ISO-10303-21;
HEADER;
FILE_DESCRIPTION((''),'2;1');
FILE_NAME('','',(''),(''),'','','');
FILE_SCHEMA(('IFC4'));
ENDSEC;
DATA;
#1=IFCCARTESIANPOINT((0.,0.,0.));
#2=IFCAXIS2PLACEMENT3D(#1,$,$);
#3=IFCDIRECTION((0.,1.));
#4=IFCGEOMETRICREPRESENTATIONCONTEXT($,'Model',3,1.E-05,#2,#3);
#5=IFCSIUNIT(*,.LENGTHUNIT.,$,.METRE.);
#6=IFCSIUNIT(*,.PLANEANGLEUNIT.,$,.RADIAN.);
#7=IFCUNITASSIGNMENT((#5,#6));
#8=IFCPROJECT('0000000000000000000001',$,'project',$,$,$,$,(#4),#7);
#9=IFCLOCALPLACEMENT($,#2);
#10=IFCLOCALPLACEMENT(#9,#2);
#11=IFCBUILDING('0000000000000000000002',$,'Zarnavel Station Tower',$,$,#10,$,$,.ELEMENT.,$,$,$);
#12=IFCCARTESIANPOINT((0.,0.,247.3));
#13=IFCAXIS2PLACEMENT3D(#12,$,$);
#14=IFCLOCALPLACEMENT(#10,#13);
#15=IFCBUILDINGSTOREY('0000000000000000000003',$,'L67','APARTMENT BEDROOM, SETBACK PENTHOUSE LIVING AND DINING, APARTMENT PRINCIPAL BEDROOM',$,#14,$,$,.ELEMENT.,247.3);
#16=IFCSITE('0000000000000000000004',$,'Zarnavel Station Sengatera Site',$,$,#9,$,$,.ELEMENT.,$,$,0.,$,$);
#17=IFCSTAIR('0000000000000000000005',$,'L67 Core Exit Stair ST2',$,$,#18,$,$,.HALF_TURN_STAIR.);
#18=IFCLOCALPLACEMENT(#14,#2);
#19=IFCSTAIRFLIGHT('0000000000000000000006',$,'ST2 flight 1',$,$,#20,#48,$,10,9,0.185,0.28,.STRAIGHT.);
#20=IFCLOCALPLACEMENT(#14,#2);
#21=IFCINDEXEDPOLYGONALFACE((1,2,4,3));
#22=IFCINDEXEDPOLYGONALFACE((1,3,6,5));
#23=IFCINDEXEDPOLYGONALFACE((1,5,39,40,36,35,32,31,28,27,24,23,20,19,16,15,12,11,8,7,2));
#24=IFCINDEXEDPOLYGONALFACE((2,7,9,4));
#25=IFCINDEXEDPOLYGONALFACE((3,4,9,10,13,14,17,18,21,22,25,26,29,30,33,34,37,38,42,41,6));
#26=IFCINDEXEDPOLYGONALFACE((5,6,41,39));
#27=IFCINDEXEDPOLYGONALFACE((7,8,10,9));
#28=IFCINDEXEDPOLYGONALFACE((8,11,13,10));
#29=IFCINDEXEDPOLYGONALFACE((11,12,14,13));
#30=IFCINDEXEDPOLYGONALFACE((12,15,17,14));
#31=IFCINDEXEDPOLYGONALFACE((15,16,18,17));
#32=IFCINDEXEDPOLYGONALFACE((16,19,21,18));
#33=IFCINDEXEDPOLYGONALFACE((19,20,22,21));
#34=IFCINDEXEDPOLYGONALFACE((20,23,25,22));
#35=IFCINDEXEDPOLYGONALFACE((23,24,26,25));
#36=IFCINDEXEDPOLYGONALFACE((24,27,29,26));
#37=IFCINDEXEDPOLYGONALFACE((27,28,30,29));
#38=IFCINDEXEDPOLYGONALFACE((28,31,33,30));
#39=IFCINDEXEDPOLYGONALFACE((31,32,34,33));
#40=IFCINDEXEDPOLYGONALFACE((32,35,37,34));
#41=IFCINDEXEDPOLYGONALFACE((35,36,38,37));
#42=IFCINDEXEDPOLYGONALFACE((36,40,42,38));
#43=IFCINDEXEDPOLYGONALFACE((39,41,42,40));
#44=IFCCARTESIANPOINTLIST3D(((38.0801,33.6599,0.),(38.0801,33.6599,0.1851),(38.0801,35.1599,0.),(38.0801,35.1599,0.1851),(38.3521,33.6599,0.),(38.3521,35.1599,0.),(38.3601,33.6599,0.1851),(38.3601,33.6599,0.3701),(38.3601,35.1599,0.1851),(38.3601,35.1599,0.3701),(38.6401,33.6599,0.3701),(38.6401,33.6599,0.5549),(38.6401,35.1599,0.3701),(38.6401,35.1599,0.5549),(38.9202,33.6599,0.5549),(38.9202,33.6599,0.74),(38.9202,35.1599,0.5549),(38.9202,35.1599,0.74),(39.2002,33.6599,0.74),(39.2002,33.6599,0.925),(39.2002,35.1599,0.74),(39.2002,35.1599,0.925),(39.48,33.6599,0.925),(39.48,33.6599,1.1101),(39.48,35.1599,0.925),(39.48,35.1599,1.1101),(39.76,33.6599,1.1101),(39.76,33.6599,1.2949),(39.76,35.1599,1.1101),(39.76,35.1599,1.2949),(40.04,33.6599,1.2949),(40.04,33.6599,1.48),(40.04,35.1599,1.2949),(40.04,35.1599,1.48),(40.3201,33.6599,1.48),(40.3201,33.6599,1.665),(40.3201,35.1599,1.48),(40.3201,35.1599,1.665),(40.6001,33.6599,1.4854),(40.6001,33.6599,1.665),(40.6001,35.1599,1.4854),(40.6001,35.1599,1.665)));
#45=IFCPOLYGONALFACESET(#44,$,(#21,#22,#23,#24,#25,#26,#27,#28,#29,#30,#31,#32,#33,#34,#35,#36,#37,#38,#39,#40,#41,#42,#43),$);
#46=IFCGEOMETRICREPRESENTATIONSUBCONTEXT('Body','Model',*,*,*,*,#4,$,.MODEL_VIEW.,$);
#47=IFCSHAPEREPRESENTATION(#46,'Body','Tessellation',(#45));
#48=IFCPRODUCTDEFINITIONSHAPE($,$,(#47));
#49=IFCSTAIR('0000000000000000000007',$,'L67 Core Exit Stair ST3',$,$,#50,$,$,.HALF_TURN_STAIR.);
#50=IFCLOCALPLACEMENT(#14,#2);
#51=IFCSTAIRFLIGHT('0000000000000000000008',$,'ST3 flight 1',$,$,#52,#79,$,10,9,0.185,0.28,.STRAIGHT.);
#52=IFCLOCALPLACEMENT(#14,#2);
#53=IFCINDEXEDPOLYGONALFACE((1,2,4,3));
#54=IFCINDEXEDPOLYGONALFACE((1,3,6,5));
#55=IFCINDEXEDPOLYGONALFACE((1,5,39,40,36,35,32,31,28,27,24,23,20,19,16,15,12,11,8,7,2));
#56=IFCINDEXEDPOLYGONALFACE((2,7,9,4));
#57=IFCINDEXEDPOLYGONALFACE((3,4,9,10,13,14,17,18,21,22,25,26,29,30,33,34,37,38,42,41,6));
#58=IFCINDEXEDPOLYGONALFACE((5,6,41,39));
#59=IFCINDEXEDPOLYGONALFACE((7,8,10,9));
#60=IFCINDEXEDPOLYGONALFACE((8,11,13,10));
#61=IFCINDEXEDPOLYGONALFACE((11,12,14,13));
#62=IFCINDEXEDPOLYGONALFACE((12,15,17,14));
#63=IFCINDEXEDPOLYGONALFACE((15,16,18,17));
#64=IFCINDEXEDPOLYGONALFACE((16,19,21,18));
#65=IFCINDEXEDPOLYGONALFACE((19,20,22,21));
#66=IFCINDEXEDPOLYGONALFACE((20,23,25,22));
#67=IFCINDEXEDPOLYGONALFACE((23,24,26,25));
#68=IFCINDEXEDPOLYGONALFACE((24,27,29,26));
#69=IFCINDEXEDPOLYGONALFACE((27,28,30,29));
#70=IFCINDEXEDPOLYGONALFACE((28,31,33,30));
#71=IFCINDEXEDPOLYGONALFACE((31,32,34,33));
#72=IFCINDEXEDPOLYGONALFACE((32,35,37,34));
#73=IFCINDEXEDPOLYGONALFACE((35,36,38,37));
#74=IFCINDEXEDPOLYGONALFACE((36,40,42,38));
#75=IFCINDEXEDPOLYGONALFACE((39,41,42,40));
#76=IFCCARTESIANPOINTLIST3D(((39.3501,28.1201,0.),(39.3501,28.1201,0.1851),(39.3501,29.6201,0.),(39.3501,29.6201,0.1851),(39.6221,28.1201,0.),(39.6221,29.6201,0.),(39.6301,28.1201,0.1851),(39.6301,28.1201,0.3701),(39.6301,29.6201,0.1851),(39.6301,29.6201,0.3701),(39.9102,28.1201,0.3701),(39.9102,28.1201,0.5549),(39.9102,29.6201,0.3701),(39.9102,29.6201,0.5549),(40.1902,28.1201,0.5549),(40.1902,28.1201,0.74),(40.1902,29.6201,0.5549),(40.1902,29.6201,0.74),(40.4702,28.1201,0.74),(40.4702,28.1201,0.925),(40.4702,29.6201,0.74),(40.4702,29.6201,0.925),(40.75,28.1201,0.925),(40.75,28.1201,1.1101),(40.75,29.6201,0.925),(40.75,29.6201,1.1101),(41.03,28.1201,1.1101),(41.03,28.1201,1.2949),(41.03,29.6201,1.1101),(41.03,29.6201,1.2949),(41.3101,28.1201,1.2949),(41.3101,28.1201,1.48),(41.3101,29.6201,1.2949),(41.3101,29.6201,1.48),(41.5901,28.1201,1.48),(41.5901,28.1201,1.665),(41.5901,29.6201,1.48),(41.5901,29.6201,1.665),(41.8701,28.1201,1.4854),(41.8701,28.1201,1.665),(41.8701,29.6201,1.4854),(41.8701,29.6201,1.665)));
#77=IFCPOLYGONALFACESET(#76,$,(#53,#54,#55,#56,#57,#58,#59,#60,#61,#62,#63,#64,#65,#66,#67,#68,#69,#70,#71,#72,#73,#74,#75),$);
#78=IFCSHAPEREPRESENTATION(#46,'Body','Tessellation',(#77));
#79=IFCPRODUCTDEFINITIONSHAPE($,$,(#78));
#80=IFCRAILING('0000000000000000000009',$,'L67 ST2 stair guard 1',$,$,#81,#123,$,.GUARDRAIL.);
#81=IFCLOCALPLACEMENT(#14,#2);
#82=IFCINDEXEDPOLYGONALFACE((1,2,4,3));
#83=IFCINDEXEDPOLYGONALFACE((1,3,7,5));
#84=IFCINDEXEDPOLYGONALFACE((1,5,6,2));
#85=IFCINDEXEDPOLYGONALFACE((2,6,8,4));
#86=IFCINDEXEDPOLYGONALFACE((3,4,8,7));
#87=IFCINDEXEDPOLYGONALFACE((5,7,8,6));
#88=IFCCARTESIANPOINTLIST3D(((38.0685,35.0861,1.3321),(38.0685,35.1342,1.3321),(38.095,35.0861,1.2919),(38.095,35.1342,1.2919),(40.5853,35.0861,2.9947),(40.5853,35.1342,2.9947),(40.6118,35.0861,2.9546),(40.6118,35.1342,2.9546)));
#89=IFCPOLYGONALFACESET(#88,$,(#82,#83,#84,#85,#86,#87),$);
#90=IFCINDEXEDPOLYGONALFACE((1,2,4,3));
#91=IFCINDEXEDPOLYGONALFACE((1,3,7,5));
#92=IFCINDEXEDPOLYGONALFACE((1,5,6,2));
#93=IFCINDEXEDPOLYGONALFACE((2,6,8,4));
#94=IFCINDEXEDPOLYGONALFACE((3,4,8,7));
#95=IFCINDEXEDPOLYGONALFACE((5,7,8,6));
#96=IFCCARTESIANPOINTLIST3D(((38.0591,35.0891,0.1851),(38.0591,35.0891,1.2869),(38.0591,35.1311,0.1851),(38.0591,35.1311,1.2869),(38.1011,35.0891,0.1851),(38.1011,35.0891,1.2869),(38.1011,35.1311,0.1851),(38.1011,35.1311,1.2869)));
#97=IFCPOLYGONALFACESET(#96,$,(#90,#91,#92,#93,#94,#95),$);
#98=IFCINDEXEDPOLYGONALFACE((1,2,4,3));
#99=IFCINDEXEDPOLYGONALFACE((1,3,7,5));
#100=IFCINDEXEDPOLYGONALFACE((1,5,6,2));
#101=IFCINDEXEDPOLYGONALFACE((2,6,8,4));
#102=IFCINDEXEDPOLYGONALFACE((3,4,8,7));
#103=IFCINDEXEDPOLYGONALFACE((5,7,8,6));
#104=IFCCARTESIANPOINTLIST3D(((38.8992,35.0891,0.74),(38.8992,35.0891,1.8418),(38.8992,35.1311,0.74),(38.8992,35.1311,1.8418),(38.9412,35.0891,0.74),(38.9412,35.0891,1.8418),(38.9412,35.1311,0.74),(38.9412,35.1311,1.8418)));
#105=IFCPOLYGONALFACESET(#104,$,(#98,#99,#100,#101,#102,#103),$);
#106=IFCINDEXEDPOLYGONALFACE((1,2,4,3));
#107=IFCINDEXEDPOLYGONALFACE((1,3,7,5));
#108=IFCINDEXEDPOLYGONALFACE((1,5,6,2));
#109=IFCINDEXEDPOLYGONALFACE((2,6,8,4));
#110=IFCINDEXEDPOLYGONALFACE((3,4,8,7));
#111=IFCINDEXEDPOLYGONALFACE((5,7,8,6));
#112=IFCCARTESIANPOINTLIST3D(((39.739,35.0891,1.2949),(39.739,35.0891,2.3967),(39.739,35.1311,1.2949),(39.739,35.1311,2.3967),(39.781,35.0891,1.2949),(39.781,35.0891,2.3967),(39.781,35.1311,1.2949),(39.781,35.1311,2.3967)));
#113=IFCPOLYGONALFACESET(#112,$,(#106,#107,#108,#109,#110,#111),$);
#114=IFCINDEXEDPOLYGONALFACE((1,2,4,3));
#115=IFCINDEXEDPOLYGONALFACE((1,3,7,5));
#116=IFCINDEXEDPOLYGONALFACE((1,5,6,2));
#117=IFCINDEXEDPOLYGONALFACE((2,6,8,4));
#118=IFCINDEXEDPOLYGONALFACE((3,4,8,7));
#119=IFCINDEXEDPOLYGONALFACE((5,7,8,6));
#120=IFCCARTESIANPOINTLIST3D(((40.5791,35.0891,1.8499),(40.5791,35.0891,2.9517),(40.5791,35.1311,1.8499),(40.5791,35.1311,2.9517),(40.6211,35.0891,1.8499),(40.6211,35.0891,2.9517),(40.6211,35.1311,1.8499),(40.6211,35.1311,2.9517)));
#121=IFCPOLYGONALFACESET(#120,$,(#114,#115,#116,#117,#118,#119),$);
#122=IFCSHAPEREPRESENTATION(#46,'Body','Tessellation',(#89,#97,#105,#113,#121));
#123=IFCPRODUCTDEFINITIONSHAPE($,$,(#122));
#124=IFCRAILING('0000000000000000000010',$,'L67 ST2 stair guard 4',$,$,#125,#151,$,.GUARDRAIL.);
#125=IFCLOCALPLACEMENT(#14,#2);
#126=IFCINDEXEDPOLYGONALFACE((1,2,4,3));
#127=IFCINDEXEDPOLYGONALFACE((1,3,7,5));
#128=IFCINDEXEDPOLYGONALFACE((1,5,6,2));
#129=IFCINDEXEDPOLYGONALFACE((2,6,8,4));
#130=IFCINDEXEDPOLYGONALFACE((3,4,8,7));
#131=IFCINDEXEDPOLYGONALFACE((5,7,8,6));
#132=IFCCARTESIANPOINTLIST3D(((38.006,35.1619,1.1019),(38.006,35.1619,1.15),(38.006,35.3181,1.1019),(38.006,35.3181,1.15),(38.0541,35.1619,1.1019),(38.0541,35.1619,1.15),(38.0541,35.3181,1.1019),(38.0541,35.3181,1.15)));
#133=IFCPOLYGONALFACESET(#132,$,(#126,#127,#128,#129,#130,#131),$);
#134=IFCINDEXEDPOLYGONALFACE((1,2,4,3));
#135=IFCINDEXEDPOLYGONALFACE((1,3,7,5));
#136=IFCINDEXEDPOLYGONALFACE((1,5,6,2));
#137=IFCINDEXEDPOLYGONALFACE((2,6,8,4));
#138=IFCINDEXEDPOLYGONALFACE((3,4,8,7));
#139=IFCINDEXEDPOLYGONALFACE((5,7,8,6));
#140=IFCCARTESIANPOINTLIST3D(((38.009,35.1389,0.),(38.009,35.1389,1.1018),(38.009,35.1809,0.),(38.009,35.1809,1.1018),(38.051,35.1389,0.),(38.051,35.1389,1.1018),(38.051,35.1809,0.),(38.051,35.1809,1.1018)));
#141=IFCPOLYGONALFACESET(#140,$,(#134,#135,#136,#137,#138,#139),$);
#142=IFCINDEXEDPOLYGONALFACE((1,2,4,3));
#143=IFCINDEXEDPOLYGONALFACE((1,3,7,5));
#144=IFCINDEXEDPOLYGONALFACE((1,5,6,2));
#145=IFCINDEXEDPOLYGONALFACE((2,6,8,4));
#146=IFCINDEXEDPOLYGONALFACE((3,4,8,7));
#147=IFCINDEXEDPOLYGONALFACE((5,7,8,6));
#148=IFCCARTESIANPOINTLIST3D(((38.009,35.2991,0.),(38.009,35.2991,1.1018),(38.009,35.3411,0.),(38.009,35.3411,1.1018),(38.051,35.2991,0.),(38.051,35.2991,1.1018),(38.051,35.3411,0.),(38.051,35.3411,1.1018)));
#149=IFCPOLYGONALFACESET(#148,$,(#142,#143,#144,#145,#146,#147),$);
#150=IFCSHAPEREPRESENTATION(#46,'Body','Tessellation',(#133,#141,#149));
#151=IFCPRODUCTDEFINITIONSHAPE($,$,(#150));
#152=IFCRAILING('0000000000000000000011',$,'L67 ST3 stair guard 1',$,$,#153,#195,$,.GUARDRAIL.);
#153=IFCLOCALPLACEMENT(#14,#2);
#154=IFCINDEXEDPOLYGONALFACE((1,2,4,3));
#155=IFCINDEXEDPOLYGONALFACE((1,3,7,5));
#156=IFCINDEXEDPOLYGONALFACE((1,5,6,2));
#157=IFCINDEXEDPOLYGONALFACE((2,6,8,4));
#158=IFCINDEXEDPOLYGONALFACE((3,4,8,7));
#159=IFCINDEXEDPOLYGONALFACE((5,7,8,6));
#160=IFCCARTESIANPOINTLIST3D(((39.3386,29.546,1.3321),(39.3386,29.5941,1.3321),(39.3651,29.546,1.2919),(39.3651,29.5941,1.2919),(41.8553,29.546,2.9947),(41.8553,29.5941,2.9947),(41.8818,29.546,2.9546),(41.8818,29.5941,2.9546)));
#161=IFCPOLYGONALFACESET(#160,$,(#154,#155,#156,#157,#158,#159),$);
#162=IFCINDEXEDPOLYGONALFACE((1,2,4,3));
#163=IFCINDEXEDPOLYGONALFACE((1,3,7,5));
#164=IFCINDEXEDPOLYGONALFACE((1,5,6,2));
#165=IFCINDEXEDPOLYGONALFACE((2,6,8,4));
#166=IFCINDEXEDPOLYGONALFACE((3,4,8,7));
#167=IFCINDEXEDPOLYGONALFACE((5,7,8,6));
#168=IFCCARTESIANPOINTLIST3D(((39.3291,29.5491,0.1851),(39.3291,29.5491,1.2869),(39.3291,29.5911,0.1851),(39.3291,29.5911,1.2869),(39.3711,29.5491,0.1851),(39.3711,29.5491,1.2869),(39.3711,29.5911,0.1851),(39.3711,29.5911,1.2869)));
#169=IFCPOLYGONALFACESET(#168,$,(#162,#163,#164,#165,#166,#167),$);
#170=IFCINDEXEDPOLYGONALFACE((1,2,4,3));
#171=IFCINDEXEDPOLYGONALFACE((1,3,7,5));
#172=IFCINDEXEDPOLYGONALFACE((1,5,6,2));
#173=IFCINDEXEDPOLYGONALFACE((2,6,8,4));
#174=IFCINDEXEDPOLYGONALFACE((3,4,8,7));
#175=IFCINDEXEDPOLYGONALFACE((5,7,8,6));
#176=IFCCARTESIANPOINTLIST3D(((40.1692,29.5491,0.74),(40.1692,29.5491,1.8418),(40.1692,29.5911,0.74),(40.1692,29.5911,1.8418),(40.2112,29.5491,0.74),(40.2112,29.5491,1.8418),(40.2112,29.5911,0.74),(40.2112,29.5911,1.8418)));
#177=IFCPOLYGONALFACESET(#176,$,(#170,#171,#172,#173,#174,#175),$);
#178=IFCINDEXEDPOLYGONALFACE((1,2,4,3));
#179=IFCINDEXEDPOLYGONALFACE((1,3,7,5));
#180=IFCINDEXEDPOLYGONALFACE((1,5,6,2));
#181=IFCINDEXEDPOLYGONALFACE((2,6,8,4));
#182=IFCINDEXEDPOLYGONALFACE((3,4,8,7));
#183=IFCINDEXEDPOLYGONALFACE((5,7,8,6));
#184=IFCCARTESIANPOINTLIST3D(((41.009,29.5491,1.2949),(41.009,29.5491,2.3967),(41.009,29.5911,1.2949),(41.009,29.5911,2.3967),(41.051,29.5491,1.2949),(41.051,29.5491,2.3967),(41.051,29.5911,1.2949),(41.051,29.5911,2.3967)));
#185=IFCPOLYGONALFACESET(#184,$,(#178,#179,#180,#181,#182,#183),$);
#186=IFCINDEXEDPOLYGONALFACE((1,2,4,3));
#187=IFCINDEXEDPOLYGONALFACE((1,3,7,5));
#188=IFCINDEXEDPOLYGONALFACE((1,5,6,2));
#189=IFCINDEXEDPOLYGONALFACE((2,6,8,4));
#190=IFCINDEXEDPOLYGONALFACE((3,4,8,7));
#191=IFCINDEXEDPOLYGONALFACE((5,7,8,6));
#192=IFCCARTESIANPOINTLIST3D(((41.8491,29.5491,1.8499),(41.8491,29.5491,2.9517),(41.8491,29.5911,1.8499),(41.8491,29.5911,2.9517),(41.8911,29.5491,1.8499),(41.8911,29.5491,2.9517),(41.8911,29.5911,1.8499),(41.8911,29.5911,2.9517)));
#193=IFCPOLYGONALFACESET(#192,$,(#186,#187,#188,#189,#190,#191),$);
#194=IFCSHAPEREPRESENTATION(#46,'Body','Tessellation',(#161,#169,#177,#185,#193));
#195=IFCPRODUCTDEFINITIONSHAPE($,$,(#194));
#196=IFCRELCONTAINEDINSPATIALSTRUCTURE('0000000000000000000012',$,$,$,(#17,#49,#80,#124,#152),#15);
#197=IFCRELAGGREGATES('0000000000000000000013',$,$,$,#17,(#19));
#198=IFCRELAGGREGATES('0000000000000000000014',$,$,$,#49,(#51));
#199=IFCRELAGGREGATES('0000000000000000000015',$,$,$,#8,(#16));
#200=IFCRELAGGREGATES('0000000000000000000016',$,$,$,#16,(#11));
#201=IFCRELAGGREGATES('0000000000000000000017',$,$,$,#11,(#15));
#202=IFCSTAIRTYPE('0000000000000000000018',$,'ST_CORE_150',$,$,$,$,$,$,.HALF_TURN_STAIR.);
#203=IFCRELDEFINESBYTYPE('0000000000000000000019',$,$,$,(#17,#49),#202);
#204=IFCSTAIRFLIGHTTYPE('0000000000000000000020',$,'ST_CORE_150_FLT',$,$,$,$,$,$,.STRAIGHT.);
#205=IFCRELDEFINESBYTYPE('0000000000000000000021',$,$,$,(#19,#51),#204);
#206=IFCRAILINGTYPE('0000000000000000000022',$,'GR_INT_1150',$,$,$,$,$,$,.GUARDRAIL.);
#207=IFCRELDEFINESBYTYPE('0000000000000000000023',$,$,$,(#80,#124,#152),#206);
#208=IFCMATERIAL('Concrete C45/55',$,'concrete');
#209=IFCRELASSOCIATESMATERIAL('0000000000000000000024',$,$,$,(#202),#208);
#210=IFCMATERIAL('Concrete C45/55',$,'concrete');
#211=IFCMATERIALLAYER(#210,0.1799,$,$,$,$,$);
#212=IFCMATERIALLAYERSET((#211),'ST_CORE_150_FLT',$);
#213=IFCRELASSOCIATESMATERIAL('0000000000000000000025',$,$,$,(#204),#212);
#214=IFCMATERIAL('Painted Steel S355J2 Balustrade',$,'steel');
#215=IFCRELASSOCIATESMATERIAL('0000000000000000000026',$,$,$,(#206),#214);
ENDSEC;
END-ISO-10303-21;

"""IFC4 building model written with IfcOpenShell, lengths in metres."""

from ifc_helpers import new_model, si_unit, direction, frame, origin, origin_2d, place, context, subcontext, project, spatial, polyline, rectangle, outline, extrude, material, layer, layer_set, type_object, element, aggregate, save


model = new_model("IFC4")

# Units and contexts
model_context = context("Model", 3, precision=1e-05, world=origin(), true_north=direction((0.0, 1.0)))
body_context = subcontext(model_context, "Body", "Model", "MODEL_VIEW")
ifc_project = project(units=[si_unit("LENGTHUNIT", "METRE"), si_unit("PLANEANGLEUNIT", "RADIAN")], contexts=[model_context])

# Site, building, storey
site_placement = place(None, origin())
site = spatial("IfcSite", under=ifc_project, at=site_placement, Name="Zarnavel Station Sengatera Site", CompositionType="ELEMENT", RefElevation=0.0)
building_placement = place(site_placement, origin())
building = spatial("IfcBuilding", under=site, at=building_placement, Name="Zarnavel Station Tower", CompositionType="ELEMENT")
storey_placement = place(building_placement, frame((0.0, 0.0, 247.3)))
storey = spatial("IfcBuildingStorey", under=building, at=storey_placement, Name="L67", Description="APARTMENT BEDROOM, SETBACK PENTHOUSE LIVING AND DINING, APARTMENT PRINCIPAL BEDROOM", CompositionType="ELEMENT", Elevation=247.3)

# Stairs, stair flights
ifc_material_1 = material(Name="Concrete C45/55", Category="concrete")
stair_type = type_object("IfcStairType", Name="ST_CORE_150", PredefinedType="HALF_TURN_STAIR", material=ifc_material_1)
stair_1_placement = place(storey_placement, origin())
stair_1 = element("IfcStair", 1, at=stair_1_placement, inside=storey, type_object=stair_type, Name="L67 Core Exit Stair ST2", PredefinedType="HALF_TURN_STAIR")
ifc_material_2 = material(Name="Concrete C45/55", Category="concrete")
ifc_layer_1 = layer(ifc_material_2, 0.1799)
ifc_layer_set_1 = layer_set([ifc_layer_1], Name="ST_CORE_150_FLT")
stair_flight_type = type_object("IfcStairFlightType", Name="ST_CORE_150_FLT", PredefinedType="STRAIGHT", material=ifc_layer_set_1)
stair_flight_1_placement = place(storey_placement, frame((38.0801, 34.4099, 0.0), z_axis=(0.0, 0.0, 1.0), x_axis=(1.0, 0.0, 0.0)))
stair_flight_1 = element("IfcStairFlight", 2, at=stair_flight_1_placement, type_object=stair_flight_type, Name="ST2 flight 1", NumberOfRisers=10, NumberOfTreads=9, PredefinedType="STRAIGHT", RiserHeight=0.185, TreadLength=0.28, context=body_context, shape_type="SweptSolid", body=[
    extrude(outline(polyline([(0.0, 0.0), (0.0, 0.1851), (0.28, 0.1851), (0.28, 0.3701), (0.5601, 0.3701), (0.5601, 0.5549), (0.8401, 0.5549), (0.8401, 0.74), (1.1201, 0.74), (1.1201, 0.925), (1.3999, 0.925), (1.3999, 1.1101), (1.6799, 1.1101), (1.6799, 1.2949), (1.96, 1.2949), (1.96, 1.48), (2.24, 1.48), (2.24, 1.665), (2.52, 1.665), (2.52, 1.8501), (2.52, 1.4854), (0.272, 0.0), (0.0, 0.0)])), frame((0.0, 0.75, 0.0), z_axis=(0.0, -1.0, 0.0), x_axis=(1.0, 0.0, 0.0)), (0.0, 0.0, 1.0), 1.5),
])
aggregate(stair_1, [stair_flight_1])
stair_2_placement = place(storey_placement, origin())
stair_2 = element("IfcStair", 3, at=stair_2_placement, inside=storey, type_object=stair_type, Name="L67 Core Exit Stair ST3", PredefinedType="HALF_TURN_STAIR")
stair_flight_2_placement = place(storey_placement, frame((39.3501, 28.8701, 0.0), z_axis=(0.0, 0.0, 1.0), x_axis=(1.0, 0.0, 0.0)))
stair_flight_2 = element("IfcStairFlight", 4, at=stair_flight_2_placement, type_object=stair_flight_type, Name="ST3 flight 1", NumberOfRisers=10, NumberOfTreads=9, PredefinedType="STRAIGHT", RiserHeight=0.185, TreadLength=0.28, context=body_context, shape_type="SweptSolid", body=[
    extrude(outline(polyline([(0.0, 0.0), (0.0, 0.1851), (0.28, 0.1851), (0.28, 0.3701), (0.5601, 0.3701), (0.5601, 0.5549), (0.8401, 0.5549), (0.8401, 0.74), (1.1201, 0.74), (1.1201, 0.925), (1.3999, 0.925), (1.3999, 1.1101), (1.6799, 1.1101), (1.6799, 1.2949), (1.96, 1.2949), (1.96, 1.48), (2.24, 1.48), (2.24, 1.665), (2.52, 1.665), (2.52, 1.8501), (2.52, 1.4854), (0.272, 0.0), (0.0, 0.0)])), frame((0.0, 0.75, 0.0), z_axis=(0.0, -1.0, 0.0), x_axis=(1.0, 0.0, 0.0)), (0.0, 0.0, 1.0), 1.5),
])
aggregate(stair_2, [stair_flight_2])

# Railings
ifc_material_3 = material(Name="Painted Steel S355J2 Balustrade", Category="steel")
railing_type_1 = type_object("IfcRailingType", Name="GR_INT_1150", PredefinedType="GUARDRAIL", material=ifc_material_3)
railing_1_placement = place(storey_placement, frame((38.0801, 35.1101, 0.1851)))
element("IfcRailing", 5, at=railing_1_placement, inside=storey, type_object=railing_type_1, Name="L67 ST2 stair guard 1", PredefinedType="GUARDRAIL", context=body_context, shape_type="SweptSolid", body=[
    extrude(rectangle(XDim=0.0481, YDim=0.0481, at=origin_2d()), frame((0.0017, 0.0, 1.127), z_axis=(0.834369, 0.0, 0.551207), x_axis=(0.0, 1.0, 0.0)), (0.0, 0.0, 1.0), 3.0164),
    extrude(rectangle(XDim=0.042, YDim=0.042, at=origin_2d()), origin(), (0.0, 0.0, 1.0), 1.1018),
    extrude(rectangle(XDim=0.042, YDim=0.042, at=origin_2d()), frame((0.8401, 0.0, 0.5549)), (0.0, 0.0, 1.0), 1.1018),
    extrude(rectangle(XDim=0.042, YDim=0.042, at=origin_2d()), frame((1.6799, 0.0, 1.1099)), (0.0, 0.0, 1.0), 1.1018),
    extrude(rectangle(XDim=0.042, YDim=0.042, at=origin_2d()), frame((2.52, 0.0, 1.6648)), (0.0, 0.0, 1.0), 1.1018),
])
railing_2_placement = place(storey_placement, frame((38.03, 35.1599, 0.0)))
element("IfcRailing", 6, at=railing_2_placement, inside=storey, type_object=railing_type_1, Name="L67 ST2 stair guard 4", PredefinedType="GUARDRAIL", context=body_context, shape_type="SweptSolid", body=[
    extrude(rectangle(XDim=0.0481, YDim=0.0481, at=origin_2d()), frame((0.0, 0.002, 1.126), z_axis=(0.0, 1.0, 0.0), x_axis=(-1.0, 0.0, 0.0)), (0.0, 0.0, 1.0), 0.1562),
    extrude(rectangle(XDim=0.042, YDim=0.042, at=origin_2d()), origin(), (0.0, 0.0, 1.0), 1.1018),
    extrude(rectangle(XDim=0.042, YDim=0.042, at=origin_2d()), frame((0.0, 0.1602, 0.0)), (0.0, 0.0, 1.0), 1.1018),
])
railing_3_placement = place(storey_placement, frame((39.3501, 29.5701, 0.1851)))
element("IfcRailing", 7, at=railing_3_placement, inside=storey, type_object=railing_type_1, Name="L67 ST3 stair guard 1", PredefinedType="GUARDRAIL", context=body_context, shape_type="SweptSolid", body=[
    extrude(rectangle(XDim=0.0481, YDim=0.0481, at=origin_2d()), frame((0.0017, 0.0, 1.127), z_axis=(0.834369, 0.0, 0.551207), x_axis=(0.0, 1.0, 0.0)), (0.0, 0.0, 1.0), 3.0164),
    extrude(rectangle(XDim=0.042, YDim=0.042, at=origin_2d()), origin(), (0.0, 0.0, 1.0), 1.1018),
    extrude(rectangle(XDim=0.042, YDim=0.042, at=origin_2d()), frame((0.8401, 0.0, 0.5549)), (0.0, 0.0, 1.0), 1.1018),
    extrude(rectangle(XDim=0.042, YDim=0.042, at=origin_2d()), frame((1.6799, 0.0, 1.1099)), (0.0, 0.0, 1.0), 1.1018),
    extrude(rectangle(XDim=0.042, YDim=0.042, at=origin_2d()), frame((2.52, 0.0, 1.6648)), (0.0, 0.0, 1.0), 1.1018),
])

save(model, "model.ifc")
